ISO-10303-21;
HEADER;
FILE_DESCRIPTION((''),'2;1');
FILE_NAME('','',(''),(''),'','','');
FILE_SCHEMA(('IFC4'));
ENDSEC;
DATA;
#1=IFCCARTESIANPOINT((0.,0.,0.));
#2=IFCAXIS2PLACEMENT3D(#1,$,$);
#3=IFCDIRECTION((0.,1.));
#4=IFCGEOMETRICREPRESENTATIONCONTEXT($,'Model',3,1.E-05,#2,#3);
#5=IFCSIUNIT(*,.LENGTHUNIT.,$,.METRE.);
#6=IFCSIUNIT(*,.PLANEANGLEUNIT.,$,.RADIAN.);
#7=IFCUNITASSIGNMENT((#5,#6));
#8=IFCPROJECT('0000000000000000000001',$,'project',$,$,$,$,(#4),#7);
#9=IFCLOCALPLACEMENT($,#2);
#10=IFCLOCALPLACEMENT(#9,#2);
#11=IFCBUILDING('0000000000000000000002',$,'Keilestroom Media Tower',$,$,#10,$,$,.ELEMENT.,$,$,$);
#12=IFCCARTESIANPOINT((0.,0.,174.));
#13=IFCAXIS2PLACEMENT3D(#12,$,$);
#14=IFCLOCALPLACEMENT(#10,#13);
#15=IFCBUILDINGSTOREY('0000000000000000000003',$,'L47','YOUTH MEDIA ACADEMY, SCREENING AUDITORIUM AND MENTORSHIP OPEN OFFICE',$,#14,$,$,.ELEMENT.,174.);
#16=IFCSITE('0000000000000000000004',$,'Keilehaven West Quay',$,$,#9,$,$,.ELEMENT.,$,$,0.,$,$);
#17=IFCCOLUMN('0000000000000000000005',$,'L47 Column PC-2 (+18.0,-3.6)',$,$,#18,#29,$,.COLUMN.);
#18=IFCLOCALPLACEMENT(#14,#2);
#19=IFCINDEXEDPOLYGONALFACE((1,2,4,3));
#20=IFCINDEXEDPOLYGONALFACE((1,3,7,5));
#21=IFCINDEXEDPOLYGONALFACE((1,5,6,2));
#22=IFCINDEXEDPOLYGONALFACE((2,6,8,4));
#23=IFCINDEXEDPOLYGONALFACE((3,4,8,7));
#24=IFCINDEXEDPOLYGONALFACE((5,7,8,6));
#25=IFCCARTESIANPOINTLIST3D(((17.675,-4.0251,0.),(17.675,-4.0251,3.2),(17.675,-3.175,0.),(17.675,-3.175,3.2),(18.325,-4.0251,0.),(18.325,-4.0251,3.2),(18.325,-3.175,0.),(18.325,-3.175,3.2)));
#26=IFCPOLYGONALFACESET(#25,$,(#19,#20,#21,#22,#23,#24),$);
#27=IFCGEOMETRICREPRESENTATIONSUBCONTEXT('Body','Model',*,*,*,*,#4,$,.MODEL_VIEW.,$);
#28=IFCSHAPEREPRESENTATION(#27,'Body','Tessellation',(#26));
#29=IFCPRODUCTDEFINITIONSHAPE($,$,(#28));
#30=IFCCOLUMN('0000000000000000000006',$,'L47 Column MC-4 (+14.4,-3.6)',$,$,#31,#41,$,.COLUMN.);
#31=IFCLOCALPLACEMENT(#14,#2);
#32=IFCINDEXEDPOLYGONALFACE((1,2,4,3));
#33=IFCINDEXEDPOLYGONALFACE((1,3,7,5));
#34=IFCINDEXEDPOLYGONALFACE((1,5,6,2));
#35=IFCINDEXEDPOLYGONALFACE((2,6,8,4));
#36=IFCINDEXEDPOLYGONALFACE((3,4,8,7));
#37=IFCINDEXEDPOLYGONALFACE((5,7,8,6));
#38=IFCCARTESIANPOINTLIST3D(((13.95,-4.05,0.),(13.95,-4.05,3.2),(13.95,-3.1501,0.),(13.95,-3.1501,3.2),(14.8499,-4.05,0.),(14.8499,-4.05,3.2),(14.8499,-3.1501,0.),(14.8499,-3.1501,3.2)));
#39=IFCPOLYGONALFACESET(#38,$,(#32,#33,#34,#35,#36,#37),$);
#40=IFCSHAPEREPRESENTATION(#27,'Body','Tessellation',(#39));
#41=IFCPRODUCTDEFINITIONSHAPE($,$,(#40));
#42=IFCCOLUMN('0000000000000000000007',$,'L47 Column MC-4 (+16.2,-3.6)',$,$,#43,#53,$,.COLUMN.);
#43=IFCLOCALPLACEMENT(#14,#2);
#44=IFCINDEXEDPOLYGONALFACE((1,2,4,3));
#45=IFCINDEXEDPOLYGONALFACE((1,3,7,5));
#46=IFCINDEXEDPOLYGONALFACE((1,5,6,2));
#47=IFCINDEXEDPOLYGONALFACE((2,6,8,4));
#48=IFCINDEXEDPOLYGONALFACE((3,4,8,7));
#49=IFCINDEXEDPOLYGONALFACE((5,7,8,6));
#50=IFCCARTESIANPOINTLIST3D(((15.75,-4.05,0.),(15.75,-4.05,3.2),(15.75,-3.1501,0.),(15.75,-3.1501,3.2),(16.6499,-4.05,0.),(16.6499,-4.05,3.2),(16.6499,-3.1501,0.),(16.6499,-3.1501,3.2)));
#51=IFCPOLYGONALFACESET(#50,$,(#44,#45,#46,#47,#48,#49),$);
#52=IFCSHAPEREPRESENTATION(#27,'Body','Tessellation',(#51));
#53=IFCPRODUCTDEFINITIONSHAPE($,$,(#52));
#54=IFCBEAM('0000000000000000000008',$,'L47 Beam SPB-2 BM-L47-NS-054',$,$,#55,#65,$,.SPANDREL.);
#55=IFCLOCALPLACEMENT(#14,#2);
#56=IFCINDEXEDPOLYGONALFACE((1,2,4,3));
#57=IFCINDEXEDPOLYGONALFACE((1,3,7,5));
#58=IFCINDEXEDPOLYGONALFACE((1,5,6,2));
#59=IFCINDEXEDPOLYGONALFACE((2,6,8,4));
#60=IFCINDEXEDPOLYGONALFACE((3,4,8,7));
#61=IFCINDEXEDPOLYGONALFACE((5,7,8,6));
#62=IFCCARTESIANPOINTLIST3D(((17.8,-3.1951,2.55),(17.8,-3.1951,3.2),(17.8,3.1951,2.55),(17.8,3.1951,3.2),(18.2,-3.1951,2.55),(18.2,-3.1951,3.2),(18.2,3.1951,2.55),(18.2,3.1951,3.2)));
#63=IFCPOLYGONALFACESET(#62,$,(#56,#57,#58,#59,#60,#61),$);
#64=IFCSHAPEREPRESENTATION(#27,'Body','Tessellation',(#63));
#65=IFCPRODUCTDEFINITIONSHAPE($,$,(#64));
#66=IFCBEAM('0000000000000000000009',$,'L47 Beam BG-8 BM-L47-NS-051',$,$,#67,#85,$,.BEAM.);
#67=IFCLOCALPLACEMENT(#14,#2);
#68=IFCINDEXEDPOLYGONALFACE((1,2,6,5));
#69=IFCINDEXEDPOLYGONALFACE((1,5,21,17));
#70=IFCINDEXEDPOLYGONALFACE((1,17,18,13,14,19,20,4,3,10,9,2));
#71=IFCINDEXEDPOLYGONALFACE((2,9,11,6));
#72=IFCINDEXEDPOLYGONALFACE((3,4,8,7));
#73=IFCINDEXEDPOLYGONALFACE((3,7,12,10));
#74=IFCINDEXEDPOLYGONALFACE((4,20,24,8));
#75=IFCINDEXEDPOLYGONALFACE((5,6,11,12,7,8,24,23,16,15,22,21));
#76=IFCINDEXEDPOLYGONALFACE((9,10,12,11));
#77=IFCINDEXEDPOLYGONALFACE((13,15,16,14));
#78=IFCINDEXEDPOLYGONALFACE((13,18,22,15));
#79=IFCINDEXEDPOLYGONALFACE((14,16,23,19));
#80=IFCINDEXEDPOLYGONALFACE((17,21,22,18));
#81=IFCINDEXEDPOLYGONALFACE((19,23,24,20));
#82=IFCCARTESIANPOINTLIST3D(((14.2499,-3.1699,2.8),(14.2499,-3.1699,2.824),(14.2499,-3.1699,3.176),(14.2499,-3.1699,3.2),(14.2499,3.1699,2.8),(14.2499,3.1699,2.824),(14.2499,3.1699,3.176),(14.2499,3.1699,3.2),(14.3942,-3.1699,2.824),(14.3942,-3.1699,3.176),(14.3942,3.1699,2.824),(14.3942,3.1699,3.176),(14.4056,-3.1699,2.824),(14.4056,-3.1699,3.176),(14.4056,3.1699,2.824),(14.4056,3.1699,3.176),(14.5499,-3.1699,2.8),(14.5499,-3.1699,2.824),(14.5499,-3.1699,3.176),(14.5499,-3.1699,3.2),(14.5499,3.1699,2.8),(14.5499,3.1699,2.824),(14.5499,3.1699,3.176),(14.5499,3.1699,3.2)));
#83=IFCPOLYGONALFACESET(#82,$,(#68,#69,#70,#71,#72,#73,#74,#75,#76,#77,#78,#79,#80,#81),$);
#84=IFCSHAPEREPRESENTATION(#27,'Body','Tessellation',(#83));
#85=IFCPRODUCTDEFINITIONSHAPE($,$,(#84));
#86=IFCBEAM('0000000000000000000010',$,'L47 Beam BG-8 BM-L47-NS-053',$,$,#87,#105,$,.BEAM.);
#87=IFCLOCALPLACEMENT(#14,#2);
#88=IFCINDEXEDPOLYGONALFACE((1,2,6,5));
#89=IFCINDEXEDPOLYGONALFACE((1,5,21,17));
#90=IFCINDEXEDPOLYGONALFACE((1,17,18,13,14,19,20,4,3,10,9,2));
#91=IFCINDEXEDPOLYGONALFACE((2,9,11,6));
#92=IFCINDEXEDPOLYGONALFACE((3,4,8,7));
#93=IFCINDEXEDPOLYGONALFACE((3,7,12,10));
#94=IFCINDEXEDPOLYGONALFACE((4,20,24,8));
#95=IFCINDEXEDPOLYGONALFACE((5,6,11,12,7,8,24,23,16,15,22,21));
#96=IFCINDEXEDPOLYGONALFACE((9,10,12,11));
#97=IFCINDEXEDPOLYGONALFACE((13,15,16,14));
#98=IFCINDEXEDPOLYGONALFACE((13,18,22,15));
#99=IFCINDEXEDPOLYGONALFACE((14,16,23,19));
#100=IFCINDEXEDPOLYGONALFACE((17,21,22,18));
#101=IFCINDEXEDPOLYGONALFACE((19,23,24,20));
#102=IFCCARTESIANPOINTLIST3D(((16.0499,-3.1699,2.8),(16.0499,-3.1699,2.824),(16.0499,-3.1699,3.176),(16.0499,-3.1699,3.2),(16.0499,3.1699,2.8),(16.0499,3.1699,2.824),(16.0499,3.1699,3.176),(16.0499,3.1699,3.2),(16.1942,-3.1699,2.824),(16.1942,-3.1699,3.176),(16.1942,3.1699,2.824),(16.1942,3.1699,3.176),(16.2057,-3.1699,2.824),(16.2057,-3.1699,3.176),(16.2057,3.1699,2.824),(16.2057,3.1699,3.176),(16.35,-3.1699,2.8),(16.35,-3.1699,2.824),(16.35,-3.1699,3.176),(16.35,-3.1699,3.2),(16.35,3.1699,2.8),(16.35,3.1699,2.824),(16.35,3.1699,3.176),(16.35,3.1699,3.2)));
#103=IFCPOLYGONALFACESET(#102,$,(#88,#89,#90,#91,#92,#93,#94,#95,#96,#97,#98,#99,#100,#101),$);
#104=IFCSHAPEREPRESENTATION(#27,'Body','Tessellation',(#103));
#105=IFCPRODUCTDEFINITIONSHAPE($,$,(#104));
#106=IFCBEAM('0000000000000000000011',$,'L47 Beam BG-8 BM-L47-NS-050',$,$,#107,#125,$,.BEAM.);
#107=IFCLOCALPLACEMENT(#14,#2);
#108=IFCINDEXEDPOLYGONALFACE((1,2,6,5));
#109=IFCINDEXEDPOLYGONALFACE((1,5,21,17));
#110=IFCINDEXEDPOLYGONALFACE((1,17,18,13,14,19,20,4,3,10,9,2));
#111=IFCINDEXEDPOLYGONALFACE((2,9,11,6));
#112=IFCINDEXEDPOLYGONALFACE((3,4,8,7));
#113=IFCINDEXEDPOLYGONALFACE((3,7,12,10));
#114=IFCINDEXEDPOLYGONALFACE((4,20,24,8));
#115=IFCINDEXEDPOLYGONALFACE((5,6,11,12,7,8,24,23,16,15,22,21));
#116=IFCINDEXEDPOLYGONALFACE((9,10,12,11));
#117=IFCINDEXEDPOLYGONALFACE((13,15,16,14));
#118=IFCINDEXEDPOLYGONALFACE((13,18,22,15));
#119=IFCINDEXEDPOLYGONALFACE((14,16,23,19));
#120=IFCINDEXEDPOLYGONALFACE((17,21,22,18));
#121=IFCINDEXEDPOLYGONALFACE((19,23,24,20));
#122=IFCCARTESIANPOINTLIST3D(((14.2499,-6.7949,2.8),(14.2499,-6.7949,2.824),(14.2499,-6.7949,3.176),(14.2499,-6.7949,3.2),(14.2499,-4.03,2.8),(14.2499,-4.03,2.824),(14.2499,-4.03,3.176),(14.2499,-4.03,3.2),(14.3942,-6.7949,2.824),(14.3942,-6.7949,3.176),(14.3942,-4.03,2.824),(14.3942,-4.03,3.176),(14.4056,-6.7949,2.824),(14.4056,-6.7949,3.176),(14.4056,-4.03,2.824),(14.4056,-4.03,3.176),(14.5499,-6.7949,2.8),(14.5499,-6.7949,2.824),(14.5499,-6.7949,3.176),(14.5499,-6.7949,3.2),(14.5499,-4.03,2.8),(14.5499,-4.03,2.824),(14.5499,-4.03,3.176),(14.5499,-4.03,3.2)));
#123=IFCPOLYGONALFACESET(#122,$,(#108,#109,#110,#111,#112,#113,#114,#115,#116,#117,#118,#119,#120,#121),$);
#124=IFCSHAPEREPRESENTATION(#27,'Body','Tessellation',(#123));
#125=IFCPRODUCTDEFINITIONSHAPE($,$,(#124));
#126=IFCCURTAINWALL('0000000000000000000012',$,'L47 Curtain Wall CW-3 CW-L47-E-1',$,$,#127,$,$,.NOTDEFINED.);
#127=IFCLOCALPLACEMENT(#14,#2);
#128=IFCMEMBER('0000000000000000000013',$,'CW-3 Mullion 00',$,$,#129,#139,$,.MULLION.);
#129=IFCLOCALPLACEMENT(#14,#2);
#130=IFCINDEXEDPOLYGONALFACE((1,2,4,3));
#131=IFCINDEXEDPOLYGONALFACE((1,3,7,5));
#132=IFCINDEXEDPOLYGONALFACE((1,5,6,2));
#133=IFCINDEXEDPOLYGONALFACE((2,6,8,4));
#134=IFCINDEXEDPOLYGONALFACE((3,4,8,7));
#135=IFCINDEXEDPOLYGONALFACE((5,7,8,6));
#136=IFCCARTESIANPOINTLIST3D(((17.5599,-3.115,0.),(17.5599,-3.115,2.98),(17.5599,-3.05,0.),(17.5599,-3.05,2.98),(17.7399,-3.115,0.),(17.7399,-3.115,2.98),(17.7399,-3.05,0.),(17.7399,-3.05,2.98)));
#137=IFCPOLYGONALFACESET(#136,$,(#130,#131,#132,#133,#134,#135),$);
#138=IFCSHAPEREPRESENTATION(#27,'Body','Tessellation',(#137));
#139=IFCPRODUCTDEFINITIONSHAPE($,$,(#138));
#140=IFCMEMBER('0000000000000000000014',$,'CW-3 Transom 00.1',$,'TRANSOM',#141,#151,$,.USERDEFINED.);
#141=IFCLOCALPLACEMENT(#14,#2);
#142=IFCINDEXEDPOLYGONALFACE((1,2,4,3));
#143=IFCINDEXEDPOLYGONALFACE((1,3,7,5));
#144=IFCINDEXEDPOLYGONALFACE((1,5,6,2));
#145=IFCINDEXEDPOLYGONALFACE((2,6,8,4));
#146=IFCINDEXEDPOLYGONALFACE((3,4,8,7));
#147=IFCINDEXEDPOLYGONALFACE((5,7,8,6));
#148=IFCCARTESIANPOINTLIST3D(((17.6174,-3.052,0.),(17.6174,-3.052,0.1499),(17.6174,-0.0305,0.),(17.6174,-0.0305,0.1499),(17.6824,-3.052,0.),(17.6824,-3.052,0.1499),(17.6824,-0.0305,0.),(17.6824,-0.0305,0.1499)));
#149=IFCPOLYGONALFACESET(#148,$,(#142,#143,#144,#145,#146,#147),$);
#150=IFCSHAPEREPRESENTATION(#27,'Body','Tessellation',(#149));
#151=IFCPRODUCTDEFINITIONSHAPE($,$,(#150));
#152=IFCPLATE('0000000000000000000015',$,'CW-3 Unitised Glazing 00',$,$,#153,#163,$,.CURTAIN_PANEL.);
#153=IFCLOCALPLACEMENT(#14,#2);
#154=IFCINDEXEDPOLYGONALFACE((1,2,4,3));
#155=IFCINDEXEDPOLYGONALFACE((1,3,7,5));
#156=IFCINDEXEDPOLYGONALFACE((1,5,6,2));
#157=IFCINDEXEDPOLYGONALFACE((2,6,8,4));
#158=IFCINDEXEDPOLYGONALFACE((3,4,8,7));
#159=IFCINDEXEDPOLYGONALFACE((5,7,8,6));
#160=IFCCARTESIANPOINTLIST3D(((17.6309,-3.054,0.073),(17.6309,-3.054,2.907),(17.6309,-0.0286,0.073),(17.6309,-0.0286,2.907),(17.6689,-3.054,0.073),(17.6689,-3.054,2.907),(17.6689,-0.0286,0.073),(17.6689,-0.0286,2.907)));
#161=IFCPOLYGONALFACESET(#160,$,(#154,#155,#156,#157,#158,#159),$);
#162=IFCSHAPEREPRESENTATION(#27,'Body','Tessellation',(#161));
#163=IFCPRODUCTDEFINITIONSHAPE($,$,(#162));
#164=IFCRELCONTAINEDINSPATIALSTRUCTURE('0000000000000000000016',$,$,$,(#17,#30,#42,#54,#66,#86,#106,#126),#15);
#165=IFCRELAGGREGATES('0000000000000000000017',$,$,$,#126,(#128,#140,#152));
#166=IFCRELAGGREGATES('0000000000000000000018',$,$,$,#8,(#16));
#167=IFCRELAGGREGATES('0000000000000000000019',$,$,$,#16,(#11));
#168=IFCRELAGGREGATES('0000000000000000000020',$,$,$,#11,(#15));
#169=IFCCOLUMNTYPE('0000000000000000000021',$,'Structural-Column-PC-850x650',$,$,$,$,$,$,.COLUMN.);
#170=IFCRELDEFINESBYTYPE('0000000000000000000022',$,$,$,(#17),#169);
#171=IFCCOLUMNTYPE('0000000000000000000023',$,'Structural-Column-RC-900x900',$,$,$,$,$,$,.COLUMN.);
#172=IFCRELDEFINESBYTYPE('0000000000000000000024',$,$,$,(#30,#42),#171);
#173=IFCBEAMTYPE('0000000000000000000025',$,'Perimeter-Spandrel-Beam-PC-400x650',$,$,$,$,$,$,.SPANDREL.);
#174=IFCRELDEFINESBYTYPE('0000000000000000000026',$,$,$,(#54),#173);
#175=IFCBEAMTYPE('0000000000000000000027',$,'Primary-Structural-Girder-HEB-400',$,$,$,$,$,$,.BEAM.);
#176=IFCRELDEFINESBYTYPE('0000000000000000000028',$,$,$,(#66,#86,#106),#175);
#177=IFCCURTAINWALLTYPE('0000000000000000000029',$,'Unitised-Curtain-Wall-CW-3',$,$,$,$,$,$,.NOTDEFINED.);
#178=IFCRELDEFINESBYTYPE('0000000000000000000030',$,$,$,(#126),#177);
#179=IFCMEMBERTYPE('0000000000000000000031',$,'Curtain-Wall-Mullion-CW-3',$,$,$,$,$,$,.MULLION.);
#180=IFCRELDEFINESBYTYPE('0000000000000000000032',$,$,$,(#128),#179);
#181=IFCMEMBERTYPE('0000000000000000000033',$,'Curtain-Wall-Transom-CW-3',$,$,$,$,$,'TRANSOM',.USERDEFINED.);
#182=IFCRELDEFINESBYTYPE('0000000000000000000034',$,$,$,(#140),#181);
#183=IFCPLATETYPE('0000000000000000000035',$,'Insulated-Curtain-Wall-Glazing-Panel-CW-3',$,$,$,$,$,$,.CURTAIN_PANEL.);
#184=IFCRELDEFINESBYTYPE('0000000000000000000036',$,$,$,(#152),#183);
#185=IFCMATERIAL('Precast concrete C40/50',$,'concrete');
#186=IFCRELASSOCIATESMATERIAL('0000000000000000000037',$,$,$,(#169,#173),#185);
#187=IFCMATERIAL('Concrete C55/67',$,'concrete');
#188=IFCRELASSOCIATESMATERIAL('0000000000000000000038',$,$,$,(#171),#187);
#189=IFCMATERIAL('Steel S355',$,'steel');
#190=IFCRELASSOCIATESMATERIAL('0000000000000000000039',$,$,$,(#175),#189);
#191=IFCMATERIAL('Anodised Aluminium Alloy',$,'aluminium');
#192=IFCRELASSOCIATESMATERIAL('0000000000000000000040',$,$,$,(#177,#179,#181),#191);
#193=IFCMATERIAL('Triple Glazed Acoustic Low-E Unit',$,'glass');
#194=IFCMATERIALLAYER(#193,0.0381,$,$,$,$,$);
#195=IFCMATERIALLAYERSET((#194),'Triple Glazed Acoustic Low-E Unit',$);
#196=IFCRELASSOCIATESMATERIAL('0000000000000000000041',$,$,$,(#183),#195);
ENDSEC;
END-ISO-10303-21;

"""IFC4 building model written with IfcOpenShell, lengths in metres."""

from ifc_helpers import new_model, si_unit, direction, frame, origin, origin_2d, place, context, subcontext, project, spatial, rectangle, i_section, extrude, source, transform, mapped, material, layer, layer_set, material_profile, profile_set, type_object, element, aggregate, save


model = new_model("IFC4")

# Units and contexts
model_context = context("Model", 3, precision=1e-05, world=origin(), true_north=direction((0.0, 1.0)))
body_context = subcontext(model_context, "Body", "Model", "MODEL_VIEW")
ifc_project = project(units=[si_unit("LENGTHUNIT", "METRE"), si_unit("PLANEANGLEUNIT", "RADIAN")], contexts=[model_context])

# Site, building, storey
site_placement = place(None, origin())
site = spatial("IfcSite", under=ifc_project, at=site_placement, Name="Keilehaven West Quay", CompositionType="ELEMENT", RefElevation=0.0)
building_placement = place(site_placement, origin())
building = spatial("IfcBuilding", under=site, at=building_placement, Name="Keilestroom Media Tower", CompositionType="ELEMENT")
storey_placement = place(building_placement, frame((0.0, 0.0, 174.0)))
storey = spatial("IfcBuildingStorey", under=building, at=storey_placement, Name="L47", Description="YOUTH MEDIA ACADEMY, SCREENING AUDITORIUM AND MENTORSHIP OPEN OFFICE", CompositionType="ELEMENT", Elevation=174.0)

# Columns
ifc_material_1 = material(Name="Precast concrete C40/50", Category="concrete")
ifc_material_profile_1 = material_profile(ifc_material_1, rectangle(XDim=0.6499, YDim=0.8501, at=origin_2d()), Name="PC 850x650")
ifc_profile_set_1 = profile_set([ifc_material_profile_1], Name="Precast concrete C40/50")
column_type_1 = type_object("IfcColumnType", Name="Structural-Column-PC-850x650", PredefinedType="COLUMN", material=ifc_profile_set_1)
shared_shape_1 = source(origin(), body_context, "Body", "SweptSolid", [
    extrude(rectangle(XDim=0.6499, YDim=0.8501, at=origin_2d()), origin(), (0.0, 0.0, 1.0), 3.2),
])
column_placement = place(storey_placement, frame((18.0, -3.6001, 0.0), z_axis=(0.0, 0.0, 1.0), x_axis=(1.0, 0.0, 0.0)))
element("IfcColumn", 1, at=column_placement, inside=storey, type_object=column_type_1, Name="L47 Column PC-2 (+18.0,-3.6)", PredefinedType="COLUMN", context=body_context, shape_type="MappedRepresentation", body=[
    mapped(shared_shape_1, transform((0.0, 0.0, 0.0), x_axis=(1.0, 0.0, 0.0), y_axis=(0.0, 1.0, 0.0), z_axis=(0.0, 0.0, 1.0), scale=1.0)),
])
ifc_material_2 = material(Name="Concrete C55/67", Category="concrete")
ifc_material_profile_2 = material_profile(ifc_material_2, rectangle(XDim=0.8999, YDim=0.8999, at=origin_2d()), Name="RC 900x900")
ifc_profile_set_2 = profile_set([ifc_material_profile_2], Name="Concrete C55/67")
column_type_2 = type_object("IfcColumnType", Name="Structural-Column-RC-900x900", PredefinedType="COLUMN", material=ifc_profile_set_2)
shared_shape_2 = source(origin(), body_context, "Body", "SweptSolid", [
    extrude(rectangle(XDim=0.8999, YDim=0.8999, at=origin_2d()), origin(), (0.0, 0.0, 1.0), 3.2),
])
for number, where, z_axis, x_axis, name in (
    (2, (14.3999, -3.6001, 0.0), (0.0, 0.0, 1.0), (1.0, 0.0, 0.0), "L47 Column MC-4 (+14.4,-3.6)"),
    (3, (16.2, -3.6001, 0.0), (0.0, 0.0, 1.0), (1.0, 0.0, 0.0), "L47 Column MC-4 (+16.2,-3.6)"),
):
    element("IfcColumn", number, at=place(storey_placement, frame(where, z_axis=z_axis, x_axis=x_axis)), inside=storey, type_object=column_type_2, Name=name, PredefinedType="COLUMN", context=body_context, shape_type="MappedRepresentation", body=[
        mapped(shared_shape_2, transform((0.0, 0.0, 0.0), x_axis=(1.0, 0.0, 0.0), y_axis=(0.0, 1.0, 0.0), z_axis=(0.0, 0.0, 1.0), scale=1.0)),
    ])

# Beams
ifc_material_profile_3 = material_profile(ifc_material_1, rectangle(XDim=0.3999, YDim=0.6499, at=origin_2d()), Name="PC 400x650")
ifc_profile_set_3 = profile_set([ifc_material_profile_3], Name="Precast concrete C40/50")
beam_type_1 = type_object("IfcBeamType", Name="Perimeter-Spandrel-Beam-PC-400x650", PredefinedType="SPANDREL", material=ifc_profile_set_3)
shared_shape_3 = source(origin(), body_context, "Body", "SweptSolid", [
    extrude(rectangle(XDim=0.3999, YDim=0.6499, at=origin_2d()), origin(), (0.0, 0.0, 1.0), 6.3901),
])
beam_1_placement = place(storey_placement, frame((18.0, -3.1951, 2.875), z_axis=(0.0, 1.0, 0.0), x_axis=(-1.0, 0.0, 0.0)))
element("IfcBeam", 4, at=beam_1_placement, inside=storey, type_object=beam_type_1, Name="L47 Beam SPB-2 BM-L47-NS-054", PredefinedType="SPANDREL", context=body_context, shape_type="MappedRepresentation", body=[
    mapped(shared_shape_3, transform((0.0, 0.0, 0.0), x_axis=(1.0, 0.0, 0.0), y_axis=(0.0, 1.0, 0.0), z_axis=(0.0, 0.0, 1.0), scale=1.0)),
])
ifc_material_3 = material(Name="Steel S355", Category="steel")
ifc_material_profile_4 = material_profile(ifc_material_3, i_section(OverallWidth=0.3, OverallDepth=0.3999, WebThickness=0.0115, FlangeThickness=0.0239, at=origin_2d()), Name="HEB 400")
ifc_profile_set_4 = profile_set([ifc_material_profile_4], Name="Steel S355")
beam_type_2 = type_object("IfcBeamType", Name="Primary-Structural-Girder-HEB-400", PredefinedType="BEAM", material=ifc_profile_set_4)
shared_shape_4 = source(origin(), body_context, "Body", "SweptSolid", [
    extrude(i_section(OverallWidth=0.3, OverallDepth=0.3999, WebThickness=0.0115, FlangeThickness=0.0239, at=origin_2d()), origin(), (0.0, 0.0, 1.0), 6.3398),
])
for number, where, z_axis, x_axis, name in (
    (5, (14.3999, -3.1699, 3.0), (0.0, 1.0, 0.0), (-1.0, 0.0, 0.0), "L47 Beam BG-8 BM-L47-NS-051"),
    (6, (16.2, -3.1699, 3.0), (0.0, 1.0, 0.0), (-1.0, 0.0, 0.0), "L47 Beam BG-8 BM-L47-NS-053"),
):
    element("IfcBeam", number, at=place(storey_placement, frame(where, z_axis=z_axis, x_axis=x_axis)), inside=storey, type_object=beam_type_2, Name=name, PredefinedType="BEAM", context=body_context, shape_type="MappedRepresentation", body=[
        mapped(shared_shape_4, transform((0.0, 0.0, 0.0), x_axis=(1.0, 0.0, 0.0), y_axis=(0.0, 1.0, 0.0), z_axis=(0.0, 0.0, 1.0), scale=1.0)),
    ])
shared_shape_5 = source(origin(), body_context, "Body", "SweptSolid", [
    extrude(i_section(OverallWidth=0.3, OverallDepth=0.3999, WebThickness=0.0115, FlangeThickness=0.0239, at=origin_2d()), origin(), (0.0, 0.0, 1.0), 2.7649),
])
beam_2_placement = place(storey_placement, frame((14.3999, -6.7949, 3.0), z_axis=(0.0, 1.0, 0.0), x_axis=(-1.0, 0.0, 0.0)))
element("IfcBeam", 7, at=beam_2_placement, inside=storey, type_object=beam_type_2, Name="L47 Beam BG-8 BM-L47-NS-050", PredefinedType="BEAM", context=body_context, shape_type="MappedRepresentation", body=[
    mapped(shared_shape_5, transform((0.0, 0.0, 0.0), x_axis=(1.0, 0.0, 0.0), y_axis=(0.0, 1.0, 0.0), z_axis=(0.0, 0.0, 1.0), scale=1.0)),
])

# Curtain wall, members, plate
ifc_material_4 = material(Name="Anodised Aluminium Alloy", Category="aluminium")
curtain_wall_type = type_object("IfcCurtainWallType", Name="Unitised-Curtain-Wall-CW-3", PredefinedType="NOTDEFINED", material=ifc_material_4)
curtain_wall_placement = place(storey_placement, origin())
curtain_wall = element("IfcCurtainWall", 8, at=curtain_wall_placement, inside=storey, type_object=curtain_wall_type, Name="L47 Curtain Wall CW-3 CW-L47-E-1", PredefinedType="NOTDEFINED")
ifc_material_profile_5 = material_profile(ifc_material_4, rectangle(XDim=0.0649, YDim=0.1799, at=origin_2d()), Name="ALU MULLION 65x180")
ifc_profile_set_5 = profile_set([ifc_material_profile_5], Name="Anodised Aluminium Alloy")
member_type_1 = type_object("IfcMemberType", Name="Curtain-Wall-Mullion-CW-3", PredefinedType="MULLION", material=ifc_profile_set_5)
shared_shape_6 = source(origin(), body_context, "Body", "SweptSolid", [
    extrude(rectangle(XDim=0.0649, YDim=0.1799, at=origin_2d()), origin(), (0.0, 0.0, 1.0), 2.98),
])
member_1_placement = place(storey_placement, frame((17.6499, -3.0825, 0.0), z_axis=(0.0, 0.0, 1.0), x_axis=(0.0, 1.0, 0.0)))
member_1 = element("IfcMember", 9, at=member_1_placement, type_object=member_type_1, Name="CW-3 Mullion 00", PredefinedType="MULLION", context=body_context, shape_type="MappedRepresentation", body=[
    mapped(shared_shape_6, transform((0.0, 0.0, 0.0), x_axis=(1.0, 0.0, 0.0), y_axis=(0.0, 1.0, 0.0), z_axis=(0.0, 0.0, 1.0), scale=1.0)),
])
ifc_material_profile_6 = material_profile(ifc_material_4, rectangle(XDim=0.0649, YDim=0.1499, at=origin_2d()), Name="ALU TRANSOM 65x150")
ifc_profile_set_6 = profile_set([ifc_material_profile_6], Name="Anodised Aluminium Alloy")
member_type_2 = type_object("IfcMemberType", Name="Curtain-Wall-Transom-CW-3", ElementType="TRANSOM", PredefinedType="USERDEFINED", material=ifc_profile_set_6)
shared_shape_7 = source(origin(), body_context, "Body", "SweptSolid", [
    extrude(rectangle(XDim=0.0649, YDim=0.1499, at=origin_2d()), origin(), (0.0, 0.0, 1.0), 3.0215),
])
member_2_placement = place(storey_placement, frame((17.6499, -3.052, 0.075), z_axis=(0.0, 1.0, 0.0), x_axis=(-1.0, 0.0, 0.0)))
member_2 = element("IfcMember", 10, at=member_2_placement, type_object=member_type_2, Name="CW-3 Transom 00.1", ObjectType="TRANSOM", PredefinedType="USERDEFINED", context=body_context, shape_type="MappedRepresentation", body=[
    mapped(shared_shape_7, transform((0.0, 0.0, 0.0), x_axis=(1.0, 0.0, 0.0), y_axis=(0.0, 1.0, 0.0), z_axis=(0.0, 0.0, 1.0), scale=1.0)),
])
ifc_material_5 = material(Name="Triple Glazed Acoustic Low-E Unit", Category="glass")
ifc_layer_1 = layer(ifc_material_5, 0.0381)
ifc_layer_set_1 = layer_set([ifc_layer_1], Name="Triple Glazed Acoustic Low-E Unit")
plate_type = type_object("IfcPlateType", Name="Insulated-Curtain-Wall-Glazing-Panel-CW-3", PredefinedType="CURTAIN_PANEL", material=ifc_layer_set_1)
shared_shape_8 = source(origin(), body_context, "Body", "SweptSolid", [
    extrude(rectangle(XDim=3.0254, YDim=0.0381, at=origin_2d()), origin(), (0.0, 0.0, 1.0), 2.834),
])
plate_placement = place(storey_placement, frame((17.6499, -1.5413, 0.073), z_axis=(0.0, 0.0, 1.0), x_axis=(0.0, 1.0, 0.0)))
plate = element("IfcPlate", 11, at=plate_placement, type_object=plate_type, Name="CW-3 Unitised Glazing 00", PredefinedType="CURTAIN_PANEL", context=body_context, shape_type="MappedRepresentation", body=[
    mapped(shared_shape_8, transform((0.0, 0.0, 0.0), x_axis=(1.0, 0.0, 0.0), y_axis=(0.0, 1.0, 0.0), z_axis=(0.0, 0.0, 1.0), scale=1.0)),
])
aggregate(curtain_wall, [member_1, member_2, plate])

save(model, "model.ifc")
